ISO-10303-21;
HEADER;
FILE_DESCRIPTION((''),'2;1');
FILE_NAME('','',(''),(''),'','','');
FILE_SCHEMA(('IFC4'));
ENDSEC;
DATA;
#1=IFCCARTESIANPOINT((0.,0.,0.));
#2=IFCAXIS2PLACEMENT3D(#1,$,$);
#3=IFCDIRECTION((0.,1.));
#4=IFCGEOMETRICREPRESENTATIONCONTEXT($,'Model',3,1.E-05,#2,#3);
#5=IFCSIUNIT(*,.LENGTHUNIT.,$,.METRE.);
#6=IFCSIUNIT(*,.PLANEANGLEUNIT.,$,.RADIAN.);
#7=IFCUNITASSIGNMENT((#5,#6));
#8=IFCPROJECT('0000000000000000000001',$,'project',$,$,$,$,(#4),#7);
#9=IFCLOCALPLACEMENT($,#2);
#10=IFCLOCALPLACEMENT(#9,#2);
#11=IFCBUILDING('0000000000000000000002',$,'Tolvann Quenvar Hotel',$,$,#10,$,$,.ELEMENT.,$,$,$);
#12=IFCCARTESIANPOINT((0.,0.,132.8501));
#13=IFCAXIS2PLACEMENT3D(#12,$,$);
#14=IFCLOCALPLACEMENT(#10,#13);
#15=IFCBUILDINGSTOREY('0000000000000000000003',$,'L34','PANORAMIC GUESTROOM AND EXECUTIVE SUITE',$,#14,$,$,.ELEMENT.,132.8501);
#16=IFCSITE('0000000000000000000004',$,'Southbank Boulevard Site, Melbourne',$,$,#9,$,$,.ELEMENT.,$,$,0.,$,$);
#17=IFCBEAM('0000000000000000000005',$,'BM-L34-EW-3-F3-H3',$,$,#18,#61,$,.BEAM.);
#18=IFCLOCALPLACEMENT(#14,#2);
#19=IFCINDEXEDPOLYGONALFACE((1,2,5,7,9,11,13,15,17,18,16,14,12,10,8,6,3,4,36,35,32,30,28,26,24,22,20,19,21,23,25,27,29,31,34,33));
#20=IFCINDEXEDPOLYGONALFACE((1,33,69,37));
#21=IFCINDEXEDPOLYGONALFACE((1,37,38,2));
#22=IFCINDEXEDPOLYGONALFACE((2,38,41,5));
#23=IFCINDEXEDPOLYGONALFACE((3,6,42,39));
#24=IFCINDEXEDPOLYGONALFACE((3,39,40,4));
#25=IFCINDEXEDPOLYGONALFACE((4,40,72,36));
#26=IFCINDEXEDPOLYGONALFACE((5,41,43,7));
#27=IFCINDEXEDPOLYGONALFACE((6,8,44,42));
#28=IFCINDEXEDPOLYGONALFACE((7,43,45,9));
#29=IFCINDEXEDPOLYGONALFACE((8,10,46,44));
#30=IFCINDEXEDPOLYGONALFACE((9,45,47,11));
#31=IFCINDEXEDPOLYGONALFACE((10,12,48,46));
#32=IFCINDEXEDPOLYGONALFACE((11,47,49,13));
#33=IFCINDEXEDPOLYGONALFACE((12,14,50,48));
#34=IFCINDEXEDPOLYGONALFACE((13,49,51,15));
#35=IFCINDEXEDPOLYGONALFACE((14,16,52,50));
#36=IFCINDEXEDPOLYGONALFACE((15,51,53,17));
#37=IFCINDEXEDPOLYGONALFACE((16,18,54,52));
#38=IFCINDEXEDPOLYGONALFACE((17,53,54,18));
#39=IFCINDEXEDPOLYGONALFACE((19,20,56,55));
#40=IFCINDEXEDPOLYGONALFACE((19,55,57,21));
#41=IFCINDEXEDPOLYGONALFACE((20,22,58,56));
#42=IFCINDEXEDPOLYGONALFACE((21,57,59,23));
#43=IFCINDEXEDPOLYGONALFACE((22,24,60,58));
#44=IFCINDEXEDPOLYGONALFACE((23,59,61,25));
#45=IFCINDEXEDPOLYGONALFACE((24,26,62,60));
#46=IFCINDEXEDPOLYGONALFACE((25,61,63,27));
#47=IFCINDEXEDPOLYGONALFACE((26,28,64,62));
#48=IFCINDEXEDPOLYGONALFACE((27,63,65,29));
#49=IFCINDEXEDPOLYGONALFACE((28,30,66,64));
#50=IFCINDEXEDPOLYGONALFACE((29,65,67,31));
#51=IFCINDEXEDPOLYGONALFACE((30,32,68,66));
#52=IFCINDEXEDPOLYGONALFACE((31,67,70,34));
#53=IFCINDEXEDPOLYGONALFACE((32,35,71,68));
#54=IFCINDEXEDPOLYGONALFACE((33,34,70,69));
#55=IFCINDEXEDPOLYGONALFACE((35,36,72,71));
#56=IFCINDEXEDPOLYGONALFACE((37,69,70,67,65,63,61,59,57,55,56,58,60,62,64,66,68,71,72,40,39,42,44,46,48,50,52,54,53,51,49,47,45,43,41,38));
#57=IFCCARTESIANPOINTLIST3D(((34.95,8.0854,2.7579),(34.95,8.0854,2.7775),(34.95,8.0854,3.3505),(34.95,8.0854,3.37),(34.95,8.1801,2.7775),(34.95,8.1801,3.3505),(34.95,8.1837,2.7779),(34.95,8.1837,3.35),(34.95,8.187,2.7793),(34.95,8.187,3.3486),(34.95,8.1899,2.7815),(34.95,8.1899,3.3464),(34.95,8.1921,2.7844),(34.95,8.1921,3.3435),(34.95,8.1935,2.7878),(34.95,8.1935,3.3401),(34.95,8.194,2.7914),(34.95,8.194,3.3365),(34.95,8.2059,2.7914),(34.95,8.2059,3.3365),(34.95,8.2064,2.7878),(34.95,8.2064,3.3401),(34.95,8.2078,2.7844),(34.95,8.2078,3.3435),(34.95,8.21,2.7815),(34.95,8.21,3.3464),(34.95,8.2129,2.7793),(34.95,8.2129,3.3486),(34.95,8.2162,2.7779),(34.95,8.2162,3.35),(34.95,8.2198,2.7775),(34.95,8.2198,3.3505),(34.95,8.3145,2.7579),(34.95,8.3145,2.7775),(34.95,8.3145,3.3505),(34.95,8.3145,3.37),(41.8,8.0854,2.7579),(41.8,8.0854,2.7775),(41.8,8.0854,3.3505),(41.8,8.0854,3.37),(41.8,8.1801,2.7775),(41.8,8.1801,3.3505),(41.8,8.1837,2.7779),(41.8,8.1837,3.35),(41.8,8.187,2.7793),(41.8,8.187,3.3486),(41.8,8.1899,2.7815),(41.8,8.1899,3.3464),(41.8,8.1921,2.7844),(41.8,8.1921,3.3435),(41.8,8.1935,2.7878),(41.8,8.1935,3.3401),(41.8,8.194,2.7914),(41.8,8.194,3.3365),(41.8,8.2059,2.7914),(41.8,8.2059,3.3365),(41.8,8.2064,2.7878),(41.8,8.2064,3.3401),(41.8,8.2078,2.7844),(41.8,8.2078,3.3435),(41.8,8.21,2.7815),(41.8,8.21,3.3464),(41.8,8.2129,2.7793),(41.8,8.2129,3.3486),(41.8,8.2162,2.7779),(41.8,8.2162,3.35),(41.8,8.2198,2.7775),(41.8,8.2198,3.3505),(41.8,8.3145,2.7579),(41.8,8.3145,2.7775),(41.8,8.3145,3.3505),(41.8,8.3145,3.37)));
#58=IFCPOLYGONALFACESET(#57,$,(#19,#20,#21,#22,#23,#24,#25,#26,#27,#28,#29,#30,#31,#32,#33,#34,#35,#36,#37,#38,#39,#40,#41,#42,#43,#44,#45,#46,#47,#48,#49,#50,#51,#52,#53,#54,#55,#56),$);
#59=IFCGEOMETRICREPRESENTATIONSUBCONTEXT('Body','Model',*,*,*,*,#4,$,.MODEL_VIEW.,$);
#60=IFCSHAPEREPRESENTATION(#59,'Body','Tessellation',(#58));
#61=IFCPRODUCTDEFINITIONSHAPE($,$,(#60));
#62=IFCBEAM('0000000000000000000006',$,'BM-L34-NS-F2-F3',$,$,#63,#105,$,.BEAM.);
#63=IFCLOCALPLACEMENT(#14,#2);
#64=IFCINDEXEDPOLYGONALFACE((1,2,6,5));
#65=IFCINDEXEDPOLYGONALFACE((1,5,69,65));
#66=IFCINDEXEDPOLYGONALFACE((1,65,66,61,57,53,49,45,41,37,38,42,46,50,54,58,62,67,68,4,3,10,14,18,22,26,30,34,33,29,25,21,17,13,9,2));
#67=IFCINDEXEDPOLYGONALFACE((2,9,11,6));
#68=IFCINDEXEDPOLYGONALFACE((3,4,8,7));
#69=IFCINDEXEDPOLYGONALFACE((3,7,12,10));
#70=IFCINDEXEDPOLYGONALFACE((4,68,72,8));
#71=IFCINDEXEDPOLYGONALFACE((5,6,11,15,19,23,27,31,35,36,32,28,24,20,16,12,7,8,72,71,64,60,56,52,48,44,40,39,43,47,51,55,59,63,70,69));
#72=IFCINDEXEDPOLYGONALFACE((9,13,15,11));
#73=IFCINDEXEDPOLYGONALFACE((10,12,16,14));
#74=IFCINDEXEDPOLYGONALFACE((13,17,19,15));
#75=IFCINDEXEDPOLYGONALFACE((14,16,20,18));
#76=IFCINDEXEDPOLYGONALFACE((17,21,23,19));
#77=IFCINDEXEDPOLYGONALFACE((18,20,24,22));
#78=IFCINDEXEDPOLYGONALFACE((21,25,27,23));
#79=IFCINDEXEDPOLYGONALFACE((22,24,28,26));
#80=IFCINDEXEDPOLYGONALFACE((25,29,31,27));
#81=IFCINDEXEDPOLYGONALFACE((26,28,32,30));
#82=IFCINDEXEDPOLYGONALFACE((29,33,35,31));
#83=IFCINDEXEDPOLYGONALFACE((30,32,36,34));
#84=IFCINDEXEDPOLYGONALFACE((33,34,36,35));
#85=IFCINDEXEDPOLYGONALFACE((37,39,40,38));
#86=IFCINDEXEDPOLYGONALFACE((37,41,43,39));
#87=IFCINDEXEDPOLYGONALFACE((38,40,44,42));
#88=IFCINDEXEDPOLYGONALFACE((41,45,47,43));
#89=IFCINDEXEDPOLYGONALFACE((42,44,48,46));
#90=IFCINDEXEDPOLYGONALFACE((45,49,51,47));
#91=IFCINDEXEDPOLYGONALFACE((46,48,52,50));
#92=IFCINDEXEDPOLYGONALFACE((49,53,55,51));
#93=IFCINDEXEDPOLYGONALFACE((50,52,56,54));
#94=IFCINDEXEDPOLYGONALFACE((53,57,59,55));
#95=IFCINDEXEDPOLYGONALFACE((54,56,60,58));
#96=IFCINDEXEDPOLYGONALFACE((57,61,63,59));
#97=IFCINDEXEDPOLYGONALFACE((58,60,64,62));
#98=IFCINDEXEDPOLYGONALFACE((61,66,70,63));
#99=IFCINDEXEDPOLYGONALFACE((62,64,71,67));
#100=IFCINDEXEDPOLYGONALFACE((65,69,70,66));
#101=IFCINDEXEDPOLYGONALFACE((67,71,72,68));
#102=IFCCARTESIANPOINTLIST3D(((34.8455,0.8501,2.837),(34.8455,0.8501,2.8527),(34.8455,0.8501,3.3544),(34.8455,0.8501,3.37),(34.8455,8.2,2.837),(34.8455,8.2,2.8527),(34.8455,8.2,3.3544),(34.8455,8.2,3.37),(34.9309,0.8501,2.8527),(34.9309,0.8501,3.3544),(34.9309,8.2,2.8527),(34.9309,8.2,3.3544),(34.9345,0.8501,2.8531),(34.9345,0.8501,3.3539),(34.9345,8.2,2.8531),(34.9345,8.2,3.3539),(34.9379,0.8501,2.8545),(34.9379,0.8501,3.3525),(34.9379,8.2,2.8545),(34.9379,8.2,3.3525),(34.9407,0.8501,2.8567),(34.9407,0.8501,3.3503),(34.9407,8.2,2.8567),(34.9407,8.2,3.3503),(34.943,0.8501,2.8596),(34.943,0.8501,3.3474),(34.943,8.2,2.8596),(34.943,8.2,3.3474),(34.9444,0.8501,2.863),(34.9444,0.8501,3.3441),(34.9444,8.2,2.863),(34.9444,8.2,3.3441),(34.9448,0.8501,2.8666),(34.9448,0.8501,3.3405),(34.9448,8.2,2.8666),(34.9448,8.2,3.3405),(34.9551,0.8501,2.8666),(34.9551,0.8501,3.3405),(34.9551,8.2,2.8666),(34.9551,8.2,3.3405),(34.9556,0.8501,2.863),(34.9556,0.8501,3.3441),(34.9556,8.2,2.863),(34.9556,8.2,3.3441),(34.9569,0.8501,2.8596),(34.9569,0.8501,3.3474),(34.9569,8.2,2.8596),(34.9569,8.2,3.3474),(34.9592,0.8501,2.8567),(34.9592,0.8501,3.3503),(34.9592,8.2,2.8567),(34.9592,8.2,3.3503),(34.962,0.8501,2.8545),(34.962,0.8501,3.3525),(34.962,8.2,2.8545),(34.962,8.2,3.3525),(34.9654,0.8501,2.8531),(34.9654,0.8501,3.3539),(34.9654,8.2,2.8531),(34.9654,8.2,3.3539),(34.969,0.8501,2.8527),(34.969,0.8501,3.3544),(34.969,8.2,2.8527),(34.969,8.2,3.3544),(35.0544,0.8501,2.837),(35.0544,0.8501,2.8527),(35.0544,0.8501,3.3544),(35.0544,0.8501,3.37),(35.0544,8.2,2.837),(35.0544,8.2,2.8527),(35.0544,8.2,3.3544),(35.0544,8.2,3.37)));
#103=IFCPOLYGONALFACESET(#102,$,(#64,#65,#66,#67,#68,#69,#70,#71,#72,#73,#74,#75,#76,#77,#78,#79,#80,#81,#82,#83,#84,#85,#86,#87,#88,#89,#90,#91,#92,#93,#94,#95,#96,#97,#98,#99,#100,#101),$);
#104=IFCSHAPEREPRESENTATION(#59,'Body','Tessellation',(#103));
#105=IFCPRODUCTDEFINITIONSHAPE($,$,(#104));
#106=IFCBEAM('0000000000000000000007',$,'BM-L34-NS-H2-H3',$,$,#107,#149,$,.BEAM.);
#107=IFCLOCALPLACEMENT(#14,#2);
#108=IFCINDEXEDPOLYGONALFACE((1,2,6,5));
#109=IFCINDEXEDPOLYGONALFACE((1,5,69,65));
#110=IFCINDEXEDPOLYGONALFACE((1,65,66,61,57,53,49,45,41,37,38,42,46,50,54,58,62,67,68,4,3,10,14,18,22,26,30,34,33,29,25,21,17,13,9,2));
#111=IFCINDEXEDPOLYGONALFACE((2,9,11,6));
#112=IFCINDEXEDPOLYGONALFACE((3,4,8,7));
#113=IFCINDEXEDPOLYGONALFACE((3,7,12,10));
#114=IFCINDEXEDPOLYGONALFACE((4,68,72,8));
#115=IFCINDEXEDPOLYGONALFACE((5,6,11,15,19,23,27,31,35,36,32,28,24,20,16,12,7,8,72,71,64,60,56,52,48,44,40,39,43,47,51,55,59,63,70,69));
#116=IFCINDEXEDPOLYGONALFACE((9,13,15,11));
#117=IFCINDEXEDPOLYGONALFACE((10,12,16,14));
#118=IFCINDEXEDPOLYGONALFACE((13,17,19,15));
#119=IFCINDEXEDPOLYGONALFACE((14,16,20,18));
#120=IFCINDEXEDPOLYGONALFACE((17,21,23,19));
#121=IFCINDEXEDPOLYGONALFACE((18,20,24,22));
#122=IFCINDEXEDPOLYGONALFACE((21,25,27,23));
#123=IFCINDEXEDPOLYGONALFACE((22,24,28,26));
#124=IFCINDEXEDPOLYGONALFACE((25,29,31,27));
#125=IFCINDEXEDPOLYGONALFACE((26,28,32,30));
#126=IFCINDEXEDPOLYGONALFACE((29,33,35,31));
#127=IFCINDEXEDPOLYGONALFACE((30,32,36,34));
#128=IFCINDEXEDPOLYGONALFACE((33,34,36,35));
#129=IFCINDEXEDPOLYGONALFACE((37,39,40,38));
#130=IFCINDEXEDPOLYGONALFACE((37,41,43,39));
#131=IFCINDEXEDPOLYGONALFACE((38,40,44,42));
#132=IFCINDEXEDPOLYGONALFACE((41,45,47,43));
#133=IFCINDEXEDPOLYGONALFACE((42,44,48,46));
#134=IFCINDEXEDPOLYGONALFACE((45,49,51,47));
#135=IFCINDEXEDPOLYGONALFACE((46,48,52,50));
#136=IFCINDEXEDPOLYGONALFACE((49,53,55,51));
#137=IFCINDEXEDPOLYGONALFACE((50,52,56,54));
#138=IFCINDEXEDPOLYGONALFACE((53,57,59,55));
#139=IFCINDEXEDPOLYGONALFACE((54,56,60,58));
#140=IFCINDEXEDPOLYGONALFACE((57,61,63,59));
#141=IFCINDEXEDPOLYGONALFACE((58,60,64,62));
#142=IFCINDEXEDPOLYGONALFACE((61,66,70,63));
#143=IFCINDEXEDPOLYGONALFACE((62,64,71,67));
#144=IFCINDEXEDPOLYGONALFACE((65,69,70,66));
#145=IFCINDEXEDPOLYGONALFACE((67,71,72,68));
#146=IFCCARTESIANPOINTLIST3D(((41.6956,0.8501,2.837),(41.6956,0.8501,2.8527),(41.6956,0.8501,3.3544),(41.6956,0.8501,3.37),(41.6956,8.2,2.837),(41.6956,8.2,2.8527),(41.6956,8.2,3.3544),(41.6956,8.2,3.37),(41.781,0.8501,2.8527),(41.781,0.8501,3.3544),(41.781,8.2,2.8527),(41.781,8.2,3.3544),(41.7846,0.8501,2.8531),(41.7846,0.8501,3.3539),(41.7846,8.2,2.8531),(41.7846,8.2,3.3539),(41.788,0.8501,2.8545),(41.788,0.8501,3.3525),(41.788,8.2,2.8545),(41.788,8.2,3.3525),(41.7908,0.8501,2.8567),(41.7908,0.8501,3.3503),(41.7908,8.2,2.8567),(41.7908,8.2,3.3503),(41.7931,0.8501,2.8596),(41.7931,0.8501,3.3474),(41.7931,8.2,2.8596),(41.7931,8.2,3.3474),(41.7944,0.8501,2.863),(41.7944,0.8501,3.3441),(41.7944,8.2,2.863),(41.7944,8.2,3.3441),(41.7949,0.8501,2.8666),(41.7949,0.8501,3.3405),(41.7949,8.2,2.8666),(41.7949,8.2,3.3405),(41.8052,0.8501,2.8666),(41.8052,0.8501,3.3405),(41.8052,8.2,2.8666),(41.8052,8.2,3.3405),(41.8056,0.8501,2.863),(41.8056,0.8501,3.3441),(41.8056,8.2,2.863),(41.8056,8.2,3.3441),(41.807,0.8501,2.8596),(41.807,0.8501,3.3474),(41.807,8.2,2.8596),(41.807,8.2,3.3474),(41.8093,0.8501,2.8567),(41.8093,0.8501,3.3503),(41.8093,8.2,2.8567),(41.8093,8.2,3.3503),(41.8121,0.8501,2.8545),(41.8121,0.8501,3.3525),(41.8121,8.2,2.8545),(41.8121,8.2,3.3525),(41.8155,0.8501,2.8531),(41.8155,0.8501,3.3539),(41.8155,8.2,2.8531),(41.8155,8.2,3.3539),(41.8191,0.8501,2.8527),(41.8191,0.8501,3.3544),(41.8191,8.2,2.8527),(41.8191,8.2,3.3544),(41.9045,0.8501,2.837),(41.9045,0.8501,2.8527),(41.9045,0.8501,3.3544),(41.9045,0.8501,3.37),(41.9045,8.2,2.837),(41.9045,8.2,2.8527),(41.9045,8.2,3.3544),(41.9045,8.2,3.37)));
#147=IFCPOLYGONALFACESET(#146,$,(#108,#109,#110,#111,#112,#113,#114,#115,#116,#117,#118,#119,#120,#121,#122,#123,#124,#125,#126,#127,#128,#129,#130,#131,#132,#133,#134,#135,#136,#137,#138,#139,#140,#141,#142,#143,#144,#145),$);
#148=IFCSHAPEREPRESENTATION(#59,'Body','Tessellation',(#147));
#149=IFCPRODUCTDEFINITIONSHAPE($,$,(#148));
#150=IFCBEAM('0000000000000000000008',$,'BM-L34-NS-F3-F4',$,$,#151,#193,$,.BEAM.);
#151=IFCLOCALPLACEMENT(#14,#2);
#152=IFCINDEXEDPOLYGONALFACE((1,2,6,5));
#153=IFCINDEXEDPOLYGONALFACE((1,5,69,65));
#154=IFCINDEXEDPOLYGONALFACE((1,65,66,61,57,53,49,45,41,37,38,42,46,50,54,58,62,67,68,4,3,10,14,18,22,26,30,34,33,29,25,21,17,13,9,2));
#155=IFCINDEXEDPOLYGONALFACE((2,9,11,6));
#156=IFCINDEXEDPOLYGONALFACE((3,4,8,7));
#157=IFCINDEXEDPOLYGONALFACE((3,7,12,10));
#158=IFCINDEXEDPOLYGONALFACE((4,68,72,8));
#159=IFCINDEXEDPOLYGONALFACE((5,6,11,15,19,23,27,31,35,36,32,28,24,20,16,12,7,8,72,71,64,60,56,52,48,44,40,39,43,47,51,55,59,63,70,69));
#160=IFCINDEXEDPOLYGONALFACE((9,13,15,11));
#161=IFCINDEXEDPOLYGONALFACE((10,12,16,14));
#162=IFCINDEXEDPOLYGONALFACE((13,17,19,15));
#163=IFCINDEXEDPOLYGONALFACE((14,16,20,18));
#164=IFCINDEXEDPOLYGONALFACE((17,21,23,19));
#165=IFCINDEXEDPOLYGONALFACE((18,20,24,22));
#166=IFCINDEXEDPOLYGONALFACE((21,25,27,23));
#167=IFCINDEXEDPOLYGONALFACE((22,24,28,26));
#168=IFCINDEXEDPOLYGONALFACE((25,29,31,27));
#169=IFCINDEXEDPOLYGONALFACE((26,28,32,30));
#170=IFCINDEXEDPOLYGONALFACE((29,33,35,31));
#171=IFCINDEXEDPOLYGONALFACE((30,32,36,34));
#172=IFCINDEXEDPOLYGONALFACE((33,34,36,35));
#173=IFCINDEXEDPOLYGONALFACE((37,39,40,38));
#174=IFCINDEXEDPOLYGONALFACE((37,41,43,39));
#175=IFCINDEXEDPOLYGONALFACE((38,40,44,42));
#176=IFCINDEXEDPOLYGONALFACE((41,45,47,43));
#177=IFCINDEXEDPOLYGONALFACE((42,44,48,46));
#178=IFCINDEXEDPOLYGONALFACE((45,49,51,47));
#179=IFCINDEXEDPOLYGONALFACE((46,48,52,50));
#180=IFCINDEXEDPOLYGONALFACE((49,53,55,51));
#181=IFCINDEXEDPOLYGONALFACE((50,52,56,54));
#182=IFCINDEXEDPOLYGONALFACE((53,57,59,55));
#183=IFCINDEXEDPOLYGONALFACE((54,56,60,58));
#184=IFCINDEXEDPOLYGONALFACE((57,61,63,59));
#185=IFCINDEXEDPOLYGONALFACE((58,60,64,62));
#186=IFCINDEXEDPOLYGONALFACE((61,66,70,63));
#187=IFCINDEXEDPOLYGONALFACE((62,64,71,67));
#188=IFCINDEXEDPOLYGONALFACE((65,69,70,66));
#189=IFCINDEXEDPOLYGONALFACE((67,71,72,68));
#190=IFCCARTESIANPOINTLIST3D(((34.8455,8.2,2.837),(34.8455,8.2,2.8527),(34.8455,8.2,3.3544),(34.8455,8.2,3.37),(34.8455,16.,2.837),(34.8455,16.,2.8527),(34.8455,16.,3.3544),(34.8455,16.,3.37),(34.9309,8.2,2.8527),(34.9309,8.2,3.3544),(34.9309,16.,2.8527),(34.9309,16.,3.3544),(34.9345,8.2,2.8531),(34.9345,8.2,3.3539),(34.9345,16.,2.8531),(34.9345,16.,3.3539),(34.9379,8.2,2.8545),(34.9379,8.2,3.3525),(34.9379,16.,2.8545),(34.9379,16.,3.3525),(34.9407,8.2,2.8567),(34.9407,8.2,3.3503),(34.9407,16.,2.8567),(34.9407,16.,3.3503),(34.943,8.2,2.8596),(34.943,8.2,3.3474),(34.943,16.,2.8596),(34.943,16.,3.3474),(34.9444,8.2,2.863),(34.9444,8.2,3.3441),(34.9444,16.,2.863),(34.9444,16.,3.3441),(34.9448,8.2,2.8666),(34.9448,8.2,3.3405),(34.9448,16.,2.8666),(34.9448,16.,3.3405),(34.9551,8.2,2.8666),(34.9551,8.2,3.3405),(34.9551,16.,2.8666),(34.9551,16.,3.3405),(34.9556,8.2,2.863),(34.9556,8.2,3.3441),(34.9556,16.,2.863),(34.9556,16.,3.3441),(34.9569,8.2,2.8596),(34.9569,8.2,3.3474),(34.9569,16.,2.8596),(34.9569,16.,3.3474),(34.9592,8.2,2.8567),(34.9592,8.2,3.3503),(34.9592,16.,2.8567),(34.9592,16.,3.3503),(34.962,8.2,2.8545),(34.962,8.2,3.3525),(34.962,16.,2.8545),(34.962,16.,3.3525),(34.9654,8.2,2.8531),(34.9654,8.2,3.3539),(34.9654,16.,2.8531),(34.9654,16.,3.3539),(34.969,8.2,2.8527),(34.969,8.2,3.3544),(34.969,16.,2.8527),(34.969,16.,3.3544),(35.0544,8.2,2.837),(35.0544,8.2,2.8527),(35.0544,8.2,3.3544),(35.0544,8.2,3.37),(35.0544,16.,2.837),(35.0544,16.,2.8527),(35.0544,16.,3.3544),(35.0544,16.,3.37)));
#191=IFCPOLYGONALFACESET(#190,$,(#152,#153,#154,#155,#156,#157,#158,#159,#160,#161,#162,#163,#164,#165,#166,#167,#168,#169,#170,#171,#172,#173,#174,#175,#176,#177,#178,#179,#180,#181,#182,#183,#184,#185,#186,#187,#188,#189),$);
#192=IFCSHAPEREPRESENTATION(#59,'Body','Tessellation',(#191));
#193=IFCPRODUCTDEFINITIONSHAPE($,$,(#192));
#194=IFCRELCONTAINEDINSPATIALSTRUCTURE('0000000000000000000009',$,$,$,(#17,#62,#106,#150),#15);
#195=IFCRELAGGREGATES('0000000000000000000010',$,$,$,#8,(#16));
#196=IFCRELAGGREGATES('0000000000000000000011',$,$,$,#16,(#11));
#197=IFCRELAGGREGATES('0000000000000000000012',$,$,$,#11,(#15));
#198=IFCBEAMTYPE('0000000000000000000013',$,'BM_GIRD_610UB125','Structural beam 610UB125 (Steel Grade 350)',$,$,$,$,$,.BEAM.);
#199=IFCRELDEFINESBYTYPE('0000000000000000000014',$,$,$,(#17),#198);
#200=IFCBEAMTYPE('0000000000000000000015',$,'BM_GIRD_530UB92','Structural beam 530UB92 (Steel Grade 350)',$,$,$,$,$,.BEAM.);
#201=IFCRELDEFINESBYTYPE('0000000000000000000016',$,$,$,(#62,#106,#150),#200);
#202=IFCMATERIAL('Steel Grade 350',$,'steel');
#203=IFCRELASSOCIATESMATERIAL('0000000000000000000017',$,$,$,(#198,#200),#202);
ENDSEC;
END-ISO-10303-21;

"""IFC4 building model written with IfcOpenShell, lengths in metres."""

from ifc_helpers import new_model, si_unit, direction, frame, origin, origin_2d, place, context, subcontext, project, spatial, i_section, extrude, source, transform, mapped, material, material_profile, profile_set, type_object, type_shapes, element, save


model = new_model("IFC4")

# Units and contexts
model_context = context("Model", 3, precision=1e-05, world=origin(), true_north=direction((0.0, 1.0)))
body_context = subcontext(model_context, "Body", "Model", "MODEL_VIEW")
ifc_project = project(units=[si_unit("LENGTHUNIT", "METRE"), si_unit("PLANEANGLEUNIT", "RADIAN")], contexts=[model_context])

# Site, building, storey
site_placement = place(None, origin())
site = spatial("IfcSite", under=ifc_project, at=site_placement, Name="Southbank Boulevard Site, Melbourne", CompositionType="ELEMENT", RefElevation=0.0)
building_placement = place(site_placement, origin())
building = spatial("IfcBuilding", under=site, at=building_placement, Name="Tolvann Quenvar Hotel", CompositionType="ELEMENT")
storey_placement = place(building_placement, frame((0.0, 0.0, 132.8501)))
storey = spatial("IfcBuildingStorey", under=building, at=storey_placement, Name="L34", Description="PANORAMIC GUESTROOM AND EXECUTIVE SUITE", CompositionType="ELEMENT", Elevation=132.8501)

# Shared definitions
ifc_material_1 = material(Name="Steel Grade 350", Category="steel")

# Beams
ifc_material_profile_1 = material_profile(ifc_material_1, i_section(OverallWidth=0.229, OverallDepth=0.6121, WebThickness=0.012, FlangeThickness=0.0195, FilletRadius=0.0139, at=origin_2d()), Name="610UB125")
ifc_profile_set_1 = profile_set([ifc_material_profile_1], Name="Steel Grade 350")
beam_type_1 = type_object("IfcBeamType", Name="BM_GIRD_610UB125", Description="Structural beam 610UB125 (Steel Grade 350)", PredefinedType="BEAM", material=ifc_profile_set_1)
shared_shape_1 = source(origin(), body_context, "Body", "SweptSolid", [
    extrude(i_section(OverallWidth=0.229, OverallDepth=0.6121, WebThickness=0.012, FlangeThickness=0.0195, FilletRadius=0.0139, at=origin_2d()), origin(), (0.0, 0.0, 1.0), 6.8501),
])
beam_1_placement = place(storey_placement, frame((34.95, 8.2, 3.064), z_axis=(1.0, 0.0, 0.0), x_axis=(0.0, 1.0, 0.0)))
element("IfcBeam", 1, at=beam_1_placement, inside=storey, type_object=beam_type_1, Name="BM-L34-EW-3-F3-H3", PredefinedType="BEAM", context=body_context, shape_type="MappedRepresentation", body=[
    mapped(shared_shape_1, transform((0.0, 0.0, 0.0), x_axis=(1.0, 0.0, 0.0), y_axis=(0.0, 1.0, 0.0), z_axis=(0.0, 0.0, 1.0), scale=1.0)),
])
ifc_material_profile_2 = material_profile(ifc_material_1, i_section(OverallWidth=0.209, OverallDepth=0.533, WebThickness=0.0103, FlangeThickness=0.0156, FilletRadius=0.0139, at=origin_2d()), Name="530UB92")
ifc_profile_set_2 = profile_set([ifc_material_profile_2], Name="Steel Grade 350")
beam_type_2 = type_object("IfcBeamType", Name="BM_GIRD_530UB92", Description="Structural beam 530UB92 (Steel Grade 350)", PredefinedType="BEAM", material=ifc_profile_set_2)
shared_shape_2 = source(origin(), body_context, "Body", "SweptSolid", [
    extrude(i_section(OverallWidth=0.209, OverallDepth=0.533, WebThickness=0.0103, FlangeThickness=0.0156, FilletRadius=0.0139, at=origin_2d()), origin(), (0.0, 0.0, 1.0), 7.3499),
])
for number, where, z_axis, x_axis, name in (
    (2, (34.95, 0.8501, 3.1035), (0.0, 1.0, 0.0), (-1.0, 0.0, 0.0), "BM-L34-NS-F2-F3"),
    (3, (41.8, 0.8501, 3.1035), (0.0, 1.0, 0.0), (-1.0, 0.0, 0.0), "BM-L34-NS-H2-H3"),
):
    element("IfcBeam", number, at=place(storey_placement, frame(where, z_axis=z_axis, x_axis=x_axis)), inside=storey, type_object=beam_type_2, Name=name, PredefinedType="BEAM", context=body_context, shape_type="MappedRepresentation", body=[
        mapped(shared_shape_2, transform((0.0, 0.0, 0.0), x_axis=(1.0, 0.0, 0.0), y_axis=(0.0, 1.0, 0.0), z_axis=(0.0, 0.0, 1.0), scale=1.0)),
    ])
shared_shape_3 = source(origin(), body_context, "Body", "SweptSolid", [
    extrude(i_section(OverallWidth=0.209, OverallDepth=0.533, WebThickness=0.0103, FlangeThickness=0.0156, FilletRadius=0.0139, at=origin_2d()), origin(), (0.0, 0.0, 1.0), 7.8),
])
type_shapes(beam_type_2, [shared_shape_2, shared_shape_3])
for number, where, z_axis, x_axis, name in (
    (4, (34.95, 8.2, 3.1035), (0.0, 1.0, 0.0), (-1.0, 0.0, 0.0), "BM-L34-NS-F3-F4"),
):
    element("IfcBeam", number, at=place(storey_placement, frame(where, z_axis=z_axis, x_axis=x_axis)), inside=storey, type_object=beam_type_2, Name=name, PredefinedType="BEAM", context=body_context, shape_type="MappedRepresentation", body=[
        mapped(shared_shape_3, transform((0.0, 0.0, 0.0), x_axis=(1.0, 0.0, 0.0), y_axis=(0.0, 1.0, 0.0), z_axis=(0.0, 0.0, 1.0), scale=1.0)),
    ])

save(model, "model.ifc")
